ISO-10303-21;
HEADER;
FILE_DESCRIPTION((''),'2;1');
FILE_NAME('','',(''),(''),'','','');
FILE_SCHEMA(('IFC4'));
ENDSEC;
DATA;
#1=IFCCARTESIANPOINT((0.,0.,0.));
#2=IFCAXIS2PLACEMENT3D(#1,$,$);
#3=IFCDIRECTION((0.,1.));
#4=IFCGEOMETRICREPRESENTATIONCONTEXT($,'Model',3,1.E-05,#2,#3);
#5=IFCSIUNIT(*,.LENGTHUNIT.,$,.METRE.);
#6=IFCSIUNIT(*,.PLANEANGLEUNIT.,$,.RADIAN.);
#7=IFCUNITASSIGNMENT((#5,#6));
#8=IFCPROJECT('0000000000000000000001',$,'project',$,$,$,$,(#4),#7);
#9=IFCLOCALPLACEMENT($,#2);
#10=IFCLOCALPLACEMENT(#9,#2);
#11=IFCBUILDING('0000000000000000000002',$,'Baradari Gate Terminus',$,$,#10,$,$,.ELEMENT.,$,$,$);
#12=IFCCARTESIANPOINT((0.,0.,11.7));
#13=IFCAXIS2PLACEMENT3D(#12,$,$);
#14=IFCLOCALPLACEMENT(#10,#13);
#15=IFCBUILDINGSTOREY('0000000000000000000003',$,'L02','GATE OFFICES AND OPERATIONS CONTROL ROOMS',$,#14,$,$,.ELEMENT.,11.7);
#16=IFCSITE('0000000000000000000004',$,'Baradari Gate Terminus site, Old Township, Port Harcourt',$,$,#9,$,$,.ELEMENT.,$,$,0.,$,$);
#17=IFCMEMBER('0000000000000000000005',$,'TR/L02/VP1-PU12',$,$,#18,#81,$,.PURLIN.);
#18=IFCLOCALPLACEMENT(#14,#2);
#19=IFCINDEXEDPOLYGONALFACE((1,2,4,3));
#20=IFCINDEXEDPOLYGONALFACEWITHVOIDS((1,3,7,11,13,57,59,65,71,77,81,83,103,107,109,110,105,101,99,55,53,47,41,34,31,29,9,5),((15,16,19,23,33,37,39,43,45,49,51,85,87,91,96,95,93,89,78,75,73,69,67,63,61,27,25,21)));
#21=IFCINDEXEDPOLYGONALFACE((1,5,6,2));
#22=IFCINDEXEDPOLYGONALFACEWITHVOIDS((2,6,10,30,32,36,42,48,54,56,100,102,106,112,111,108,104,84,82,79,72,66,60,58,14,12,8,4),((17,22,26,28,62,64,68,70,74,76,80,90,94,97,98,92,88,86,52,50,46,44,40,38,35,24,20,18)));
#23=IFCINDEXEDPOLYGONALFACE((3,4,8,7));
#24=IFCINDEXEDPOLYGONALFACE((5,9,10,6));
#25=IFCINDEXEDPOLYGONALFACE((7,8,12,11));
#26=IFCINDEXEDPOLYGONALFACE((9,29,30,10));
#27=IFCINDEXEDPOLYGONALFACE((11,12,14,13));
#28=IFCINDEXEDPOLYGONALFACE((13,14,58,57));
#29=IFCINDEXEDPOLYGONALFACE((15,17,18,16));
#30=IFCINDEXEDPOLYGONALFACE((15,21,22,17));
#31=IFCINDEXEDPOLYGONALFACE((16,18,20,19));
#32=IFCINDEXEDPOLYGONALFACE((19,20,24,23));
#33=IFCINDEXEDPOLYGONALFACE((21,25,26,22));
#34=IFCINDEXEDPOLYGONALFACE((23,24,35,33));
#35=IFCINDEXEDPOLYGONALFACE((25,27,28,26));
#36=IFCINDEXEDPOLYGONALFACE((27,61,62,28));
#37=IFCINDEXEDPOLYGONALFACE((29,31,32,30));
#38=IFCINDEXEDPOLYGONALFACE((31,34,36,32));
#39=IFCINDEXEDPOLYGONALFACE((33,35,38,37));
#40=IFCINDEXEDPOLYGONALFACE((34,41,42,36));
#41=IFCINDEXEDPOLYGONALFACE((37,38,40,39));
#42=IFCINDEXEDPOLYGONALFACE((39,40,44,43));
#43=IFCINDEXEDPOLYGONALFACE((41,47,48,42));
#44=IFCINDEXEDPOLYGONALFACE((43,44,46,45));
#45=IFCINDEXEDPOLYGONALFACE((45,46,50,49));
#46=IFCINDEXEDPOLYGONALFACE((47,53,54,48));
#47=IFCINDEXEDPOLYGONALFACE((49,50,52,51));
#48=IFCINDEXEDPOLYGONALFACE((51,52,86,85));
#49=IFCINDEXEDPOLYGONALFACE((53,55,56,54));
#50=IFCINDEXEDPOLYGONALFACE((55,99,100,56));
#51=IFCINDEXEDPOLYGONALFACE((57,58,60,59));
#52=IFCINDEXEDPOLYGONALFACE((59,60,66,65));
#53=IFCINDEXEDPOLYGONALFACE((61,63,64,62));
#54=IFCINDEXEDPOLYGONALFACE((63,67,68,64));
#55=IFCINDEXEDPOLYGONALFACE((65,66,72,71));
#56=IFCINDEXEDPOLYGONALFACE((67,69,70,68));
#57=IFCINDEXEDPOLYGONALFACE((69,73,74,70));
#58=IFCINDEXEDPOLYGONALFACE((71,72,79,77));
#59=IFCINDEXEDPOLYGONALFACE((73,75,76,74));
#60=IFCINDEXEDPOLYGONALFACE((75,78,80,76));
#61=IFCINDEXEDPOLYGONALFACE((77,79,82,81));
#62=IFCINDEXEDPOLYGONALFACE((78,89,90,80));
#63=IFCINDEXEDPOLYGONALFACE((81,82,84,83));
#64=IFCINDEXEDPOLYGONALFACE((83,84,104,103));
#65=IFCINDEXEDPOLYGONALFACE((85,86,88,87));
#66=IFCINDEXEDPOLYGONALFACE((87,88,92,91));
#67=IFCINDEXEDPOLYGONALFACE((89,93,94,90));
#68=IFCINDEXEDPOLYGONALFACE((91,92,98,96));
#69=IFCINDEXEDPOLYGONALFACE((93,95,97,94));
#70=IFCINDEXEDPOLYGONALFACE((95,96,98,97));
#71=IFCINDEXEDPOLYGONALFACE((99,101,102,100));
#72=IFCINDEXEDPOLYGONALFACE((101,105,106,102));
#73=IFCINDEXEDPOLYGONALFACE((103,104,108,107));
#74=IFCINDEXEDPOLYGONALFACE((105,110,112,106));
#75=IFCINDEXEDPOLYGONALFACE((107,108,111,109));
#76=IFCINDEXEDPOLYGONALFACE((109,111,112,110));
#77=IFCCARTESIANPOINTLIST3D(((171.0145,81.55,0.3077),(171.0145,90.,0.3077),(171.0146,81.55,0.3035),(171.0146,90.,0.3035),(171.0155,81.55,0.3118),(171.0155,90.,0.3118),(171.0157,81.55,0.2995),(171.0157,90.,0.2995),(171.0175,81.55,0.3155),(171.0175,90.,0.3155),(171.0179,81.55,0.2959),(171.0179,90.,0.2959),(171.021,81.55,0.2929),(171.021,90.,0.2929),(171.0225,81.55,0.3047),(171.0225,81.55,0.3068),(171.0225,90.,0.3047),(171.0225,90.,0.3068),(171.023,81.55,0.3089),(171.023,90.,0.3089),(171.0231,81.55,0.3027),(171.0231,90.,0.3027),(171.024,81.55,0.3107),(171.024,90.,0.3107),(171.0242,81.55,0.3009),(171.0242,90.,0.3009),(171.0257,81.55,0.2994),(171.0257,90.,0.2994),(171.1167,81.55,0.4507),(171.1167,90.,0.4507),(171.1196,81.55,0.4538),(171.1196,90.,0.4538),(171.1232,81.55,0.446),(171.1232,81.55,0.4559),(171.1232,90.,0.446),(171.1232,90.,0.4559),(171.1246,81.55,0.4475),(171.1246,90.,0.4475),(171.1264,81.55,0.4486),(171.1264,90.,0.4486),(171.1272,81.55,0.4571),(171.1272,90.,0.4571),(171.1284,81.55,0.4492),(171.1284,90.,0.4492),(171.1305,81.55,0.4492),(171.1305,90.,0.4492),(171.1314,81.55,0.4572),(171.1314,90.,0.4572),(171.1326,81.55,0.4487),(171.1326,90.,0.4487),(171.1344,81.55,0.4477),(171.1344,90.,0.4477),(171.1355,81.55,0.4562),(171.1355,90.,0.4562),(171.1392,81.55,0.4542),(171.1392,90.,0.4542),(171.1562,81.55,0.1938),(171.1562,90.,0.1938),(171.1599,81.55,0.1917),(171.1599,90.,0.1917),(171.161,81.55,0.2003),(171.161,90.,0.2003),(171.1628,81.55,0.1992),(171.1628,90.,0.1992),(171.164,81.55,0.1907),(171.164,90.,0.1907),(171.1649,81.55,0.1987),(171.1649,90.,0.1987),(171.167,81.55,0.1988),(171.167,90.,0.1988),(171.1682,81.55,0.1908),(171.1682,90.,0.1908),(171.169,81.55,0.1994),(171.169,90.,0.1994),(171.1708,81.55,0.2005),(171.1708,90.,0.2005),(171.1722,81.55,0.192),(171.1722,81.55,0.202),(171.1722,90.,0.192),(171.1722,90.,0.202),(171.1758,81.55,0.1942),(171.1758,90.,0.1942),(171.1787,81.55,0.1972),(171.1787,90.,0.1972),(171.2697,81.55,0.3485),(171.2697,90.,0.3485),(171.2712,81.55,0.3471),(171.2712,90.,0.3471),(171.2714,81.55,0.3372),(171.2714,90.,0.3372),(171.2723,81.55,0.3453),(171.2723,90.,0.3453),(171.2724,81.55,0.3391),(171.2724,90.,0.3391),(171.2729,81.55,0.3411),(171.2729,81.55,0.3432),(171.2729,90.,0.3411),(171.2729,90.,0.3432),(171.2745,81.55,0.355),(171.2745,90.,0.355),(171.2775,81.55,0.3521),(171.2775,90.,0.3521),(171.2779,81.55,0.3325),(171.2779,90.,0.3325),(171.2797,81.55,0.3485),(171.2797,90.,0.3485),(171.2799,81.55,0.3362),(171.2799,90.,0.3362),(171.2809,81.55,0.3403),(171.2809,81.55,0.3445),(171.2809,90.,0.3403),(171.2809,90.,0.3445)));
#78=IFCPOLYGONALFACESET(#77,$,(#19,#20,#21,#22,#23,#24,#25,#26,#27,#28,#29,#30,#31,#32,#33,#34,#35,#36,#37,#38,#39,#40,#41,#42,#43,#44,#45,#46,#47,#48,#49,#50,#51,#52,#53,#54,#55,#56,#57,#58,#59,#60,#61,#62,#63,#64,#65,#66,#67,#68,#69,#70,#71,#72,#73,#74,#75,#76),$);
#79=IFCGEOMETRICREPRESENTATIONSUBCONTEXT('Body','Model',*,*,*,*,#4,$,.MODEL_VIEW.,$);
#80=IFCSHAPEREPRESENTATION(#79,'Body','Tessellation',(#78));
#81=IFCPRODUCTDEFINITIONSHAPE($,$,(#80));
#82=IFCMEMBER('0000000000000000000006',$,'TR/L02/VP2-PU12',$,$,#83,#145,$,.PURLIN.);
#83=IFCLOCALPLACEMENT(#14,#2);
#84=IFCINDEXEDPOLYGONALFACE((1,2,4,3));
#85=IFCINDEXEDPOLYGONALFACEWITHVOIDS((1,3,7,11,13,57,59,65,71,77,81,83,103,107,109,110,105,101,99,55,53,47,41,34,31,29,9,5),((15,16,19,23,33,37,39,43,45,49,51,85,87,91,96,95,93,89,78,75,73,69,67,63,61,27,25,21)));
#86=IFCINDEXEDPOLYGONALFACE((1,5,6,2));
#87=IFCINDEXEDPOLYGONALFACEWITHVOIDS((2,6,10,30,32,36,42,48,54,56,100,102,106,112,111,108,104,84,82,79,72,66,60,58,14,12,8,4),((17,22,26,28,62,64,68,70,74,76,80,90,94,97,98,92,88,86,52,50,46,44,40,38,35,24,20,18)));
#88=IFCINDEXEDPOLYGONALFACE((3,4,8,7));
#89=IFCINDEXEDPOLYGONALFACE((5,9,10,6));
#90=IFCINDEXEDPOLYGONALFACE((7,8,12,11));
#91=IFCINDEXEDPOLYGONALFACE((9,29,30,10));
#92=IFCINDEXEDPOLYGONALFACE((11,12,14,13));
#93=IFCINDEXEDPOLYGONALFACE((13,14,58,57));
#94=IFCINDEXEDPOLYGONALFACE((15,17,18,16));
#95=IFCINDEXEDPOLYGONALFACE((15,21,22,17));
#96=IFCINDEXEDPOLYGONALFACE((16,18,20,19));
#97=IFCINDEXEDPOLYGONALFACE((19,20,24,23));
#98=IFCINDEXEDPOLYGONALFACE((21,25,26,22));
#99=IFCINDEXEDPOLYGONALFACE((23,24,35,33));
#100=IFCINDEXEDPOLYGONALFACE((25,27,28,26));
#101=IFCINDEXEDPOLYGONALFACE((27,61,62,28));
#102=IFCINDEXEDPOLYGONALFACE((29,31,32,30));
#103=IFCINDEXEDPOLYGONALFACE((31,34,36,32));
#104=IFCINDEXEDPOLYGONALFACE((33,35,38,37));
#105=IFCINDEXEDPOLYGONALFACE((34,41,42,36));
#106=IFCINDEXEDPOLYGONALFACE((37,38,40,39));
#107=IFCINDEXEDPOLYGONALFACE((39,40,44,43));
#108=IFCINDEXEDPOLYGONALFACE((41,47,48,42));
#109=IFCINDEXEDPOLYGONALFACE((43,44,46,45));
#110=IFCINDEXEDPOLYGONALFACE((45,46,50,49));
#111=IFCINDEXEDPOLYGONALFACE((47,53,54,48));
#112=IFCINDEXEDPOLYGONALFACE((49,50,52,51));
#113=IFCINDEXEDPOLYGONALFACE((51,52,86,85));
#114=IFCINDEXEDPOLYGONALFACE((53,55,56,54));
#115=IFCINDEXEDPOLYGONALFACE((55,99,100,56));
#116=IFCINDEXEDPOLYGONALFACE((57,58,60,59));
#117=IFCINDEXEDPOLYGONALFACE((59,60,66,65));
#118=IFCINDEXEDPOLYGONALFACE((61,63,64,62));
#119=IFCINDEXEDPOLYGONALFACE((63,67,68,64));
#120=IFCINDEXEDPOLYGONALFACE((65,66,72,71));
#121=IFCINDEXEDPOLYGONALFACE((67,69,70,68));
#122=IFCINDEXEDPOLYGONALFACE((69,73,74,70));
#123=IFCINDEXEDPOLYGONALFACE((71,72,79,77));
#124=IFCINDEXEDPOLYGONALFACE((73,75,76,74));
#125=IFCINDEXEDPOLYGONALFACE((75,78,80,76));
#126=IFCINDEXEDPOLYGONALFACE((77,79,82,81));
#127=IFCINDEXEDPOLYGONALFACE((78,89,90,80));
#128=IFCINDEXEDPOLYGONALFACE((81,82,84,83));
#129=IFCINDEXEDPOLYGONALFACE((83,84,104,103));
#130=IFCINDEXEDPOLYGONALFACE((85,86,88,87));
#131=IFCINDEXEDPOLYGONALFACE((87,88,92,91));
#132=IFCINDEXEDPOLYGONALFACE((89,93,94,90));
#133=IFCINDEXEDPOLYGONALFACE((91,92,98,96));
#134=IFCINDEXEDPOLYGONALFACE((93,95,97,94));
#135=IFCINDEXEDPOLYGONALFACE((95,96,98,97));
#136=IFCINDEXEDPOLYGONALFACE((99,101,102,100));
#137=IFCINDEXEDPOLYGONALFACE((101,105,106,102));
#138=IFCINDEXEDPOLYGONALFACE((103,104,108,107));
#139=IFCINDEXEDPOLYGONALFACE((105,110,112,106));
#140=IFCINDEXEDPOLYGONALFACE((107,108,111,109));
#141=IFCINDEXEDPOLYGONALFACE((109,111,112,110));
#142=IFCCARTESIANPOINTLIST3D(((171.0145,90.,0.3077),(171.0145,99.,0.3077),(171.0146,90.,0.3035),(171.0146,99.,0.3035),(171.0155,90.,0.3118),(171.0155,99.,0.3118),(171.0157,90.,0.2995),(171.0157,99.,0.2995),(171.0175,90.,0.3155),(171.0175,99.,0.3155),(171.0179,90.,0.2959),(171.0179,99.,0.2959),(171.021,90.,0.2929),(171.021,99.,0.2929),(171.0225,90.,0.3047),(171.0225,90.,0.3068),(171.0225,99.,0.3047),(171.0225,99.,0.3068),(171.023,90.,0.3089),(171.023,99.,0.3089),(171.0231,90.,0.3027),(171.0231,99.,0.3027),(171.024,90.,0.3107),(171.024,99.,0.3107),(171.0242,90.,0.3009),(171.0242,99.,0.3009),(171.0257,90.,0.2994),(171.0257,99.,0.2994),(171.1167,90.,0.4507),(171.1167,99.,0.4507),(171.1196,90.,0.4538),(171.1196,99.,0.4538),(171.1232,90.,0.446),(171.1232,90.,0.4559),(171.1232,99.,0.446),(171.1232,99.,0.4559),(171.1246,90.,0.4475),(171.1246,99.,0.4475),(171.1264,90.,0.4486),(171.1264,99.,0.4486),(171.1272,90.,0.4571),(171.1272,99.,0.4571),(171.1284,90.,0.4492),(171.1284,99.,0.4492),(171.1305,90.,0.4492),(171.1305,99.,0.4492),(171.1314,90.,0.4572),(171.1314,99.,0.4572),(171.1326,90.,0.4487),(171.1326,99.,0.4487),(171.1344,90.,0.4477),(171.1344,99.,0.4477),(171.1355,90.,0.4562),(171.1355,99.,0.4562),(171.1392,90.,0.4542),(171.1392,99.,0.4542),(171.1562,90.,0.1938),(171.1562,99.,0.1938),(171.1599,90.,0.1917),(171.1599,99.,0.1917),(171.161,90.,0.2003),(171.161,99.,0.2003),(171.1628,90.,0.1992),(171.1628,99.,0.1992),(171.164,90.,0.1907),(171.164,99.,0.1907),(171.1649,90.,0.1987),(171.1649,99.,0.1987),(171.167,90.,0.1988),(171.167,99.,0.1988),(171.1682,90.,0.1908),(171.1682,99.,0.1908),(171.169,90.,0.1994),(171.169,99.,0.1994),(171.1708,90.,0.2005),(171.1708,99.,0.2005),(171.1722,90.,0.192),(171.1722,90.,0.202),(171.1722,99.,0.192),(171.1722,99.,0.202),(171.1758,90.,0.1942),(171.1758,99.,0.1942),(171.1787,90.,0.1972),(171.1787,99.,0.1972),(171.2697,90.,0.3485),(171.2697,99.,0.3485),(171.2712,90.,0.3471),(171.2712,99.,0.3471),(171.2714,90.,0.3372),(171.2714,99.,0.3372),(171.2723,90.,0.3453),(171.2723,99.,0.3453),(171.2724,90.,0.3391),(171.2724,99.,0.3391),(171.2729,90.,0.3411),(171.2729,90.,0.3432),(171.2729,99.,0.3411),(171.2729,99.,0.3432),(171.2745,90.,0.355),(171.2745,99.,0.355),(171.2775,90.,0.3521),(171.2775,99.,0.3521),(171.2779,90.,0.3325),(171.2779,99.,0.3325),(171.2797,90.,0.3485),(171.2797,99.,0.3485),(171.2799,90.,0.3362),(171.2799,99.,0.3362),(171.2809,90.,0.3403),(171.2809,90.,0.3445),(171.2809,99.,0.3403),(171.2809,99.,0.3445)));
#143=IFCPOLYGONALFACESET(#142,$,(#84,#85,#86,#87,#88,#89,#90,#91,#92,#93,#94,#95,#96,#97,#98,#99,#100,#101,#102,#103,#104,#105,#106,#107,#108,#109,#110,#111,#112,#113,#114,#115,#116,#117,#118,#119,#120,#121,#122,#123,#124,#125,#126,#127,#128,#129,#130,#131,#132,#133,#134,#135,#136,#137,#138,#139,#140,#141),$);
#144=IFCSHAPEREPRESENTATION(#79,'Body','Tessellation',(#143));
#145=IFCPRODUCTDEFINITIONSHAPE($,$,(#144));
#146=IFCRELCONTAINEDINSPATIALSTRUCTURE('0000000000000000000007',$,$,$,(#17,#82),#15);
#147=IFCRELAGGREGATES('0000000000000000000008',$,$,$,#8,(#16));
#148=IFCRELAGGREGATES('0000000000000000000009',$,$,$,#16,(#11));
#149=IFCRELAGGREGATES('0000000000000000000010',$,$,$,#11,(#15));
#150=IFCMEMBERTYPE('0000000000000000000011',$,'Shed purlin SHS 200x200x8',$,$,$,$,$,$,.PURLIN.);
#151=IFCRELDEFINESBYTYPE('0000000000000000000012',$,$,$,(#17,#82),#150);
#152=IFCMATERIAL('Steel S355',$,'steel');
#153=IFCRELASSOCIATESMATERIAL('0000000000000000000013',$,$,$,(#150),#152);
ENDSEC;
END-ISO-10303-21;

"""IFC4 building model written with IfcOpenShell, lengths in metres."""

from ifc_helpers import new_model, si_unit, direction, frame, origin, origin_2d, place, context, subcontext, project, spatial, hollow_rectangle, extrude, material, material_profile, profile_set, type_object, element, save


model = new_model("IFC4")

# Units and contexts
model_context = context("Model", 3, precision=1e-05, world=origin(), true_north=direction((0.0, 1.0)))
body_context = subcontext(model_context, "Body", "Model", "MODEL_VIEW")
ifc_project = project(units=[si_unit("LENGTHUNIT", "METRE"), si_unit("PLANEANGLEUNIT", "RADIAN")], contexts=[model_context])

# Site, building, storey
site_placement = place(None, origin())
site = spatial("IfcSite", under=ifc_project, at=site_placement, Name="Baradari Gate Terminus site, Old Township, Port Harcourt", CompositionType="ELEMENT", RefElevation=0.0)
building_placement = place(site_placement, origin())
building = spatial("IfcBuilding", under=site, at=building_placement, Name="Baradari Gate Terminus", CompositionType="ELEMENT")
storey_placement = place(building_placement, frame((0.0, 0.0, 11.7)))
storey = spatial("IfcBuildingStorey", under=building, at=storey_placement, Name="L02", Description="GATE OFFICES AND OPERATIONS CONTROL ROOMS", CompositionType="ELEMENT", Elevation=11.7)

# Members
ifc_material_1 = material(Name="Steel S355", Category="steel")
ifc_material_profile_1 = material_profile(ifc_material_1, hollow_rectangle(XDim=0.2, YDim=0.2, WallThickness=0.0081, InnerFilletRadius=0.0081, OuterFilletRadius=0.0161, at=origin_2d()), Name="SHS 200x200x8")
ifc_profile_set_1 = profile_set([ifc_material_profile_1], Name="Steel S355")
member_type_1 = type_object("IfcMemberType", Name="Shed purlin SHS 200x200x8", PredefinedType="PURLIN", material=ifc_profile_set_1)
member_1_placement = place(storey_placement, frame((171.1477, 81.55, 0.324), z_axis=(0.0, 1.0, 0.0), x_axis=(-0.806405, 0.0, 0.591364)))
element("IfcMember", 1, at=member_1_placement, inside=storey, type_object=member_type_1, Name="TR/L02/VP1-PU12", PredefinedType="PURLIN", context=body_context, shape_type="SweptSolid", body=[
    extrude(hollow_rectangle(XDim=0.2, YDim=0.2, WallThickness=0.0081, InnerFilletRadius=0.0081, OuterFilletRadius=0.0161, at=origin_2d()), origin(), (0.0, 0.0, 1.0), 8.45),
])
member_2_placement = place(storey_placement, frame((171.1477, 90.0, 0.324), z_axis=(0.0, 1.0, 0.0), x_axis=(-0.806405, 0.0, 0.591364)))
element("IfcMember", 2, at=member_2_placement, inside=storey, type_object=member_type_1, Name="TR/L02/VP2-PU12", PredefinedType="PURLIN", context=body_context, shape_type="SweptSolid", body=[
    extrude(hollow_rectangle(XDim=0.2, YDim=0.2, WallThickness=0.0081, InnerFilletRadius=0.0081, OuterFilletRadius=0.0161, at=origin_2d()), origin(), (0.0, 0.0, 1.0), 9.0),
])

save(model, "model.ifc")
